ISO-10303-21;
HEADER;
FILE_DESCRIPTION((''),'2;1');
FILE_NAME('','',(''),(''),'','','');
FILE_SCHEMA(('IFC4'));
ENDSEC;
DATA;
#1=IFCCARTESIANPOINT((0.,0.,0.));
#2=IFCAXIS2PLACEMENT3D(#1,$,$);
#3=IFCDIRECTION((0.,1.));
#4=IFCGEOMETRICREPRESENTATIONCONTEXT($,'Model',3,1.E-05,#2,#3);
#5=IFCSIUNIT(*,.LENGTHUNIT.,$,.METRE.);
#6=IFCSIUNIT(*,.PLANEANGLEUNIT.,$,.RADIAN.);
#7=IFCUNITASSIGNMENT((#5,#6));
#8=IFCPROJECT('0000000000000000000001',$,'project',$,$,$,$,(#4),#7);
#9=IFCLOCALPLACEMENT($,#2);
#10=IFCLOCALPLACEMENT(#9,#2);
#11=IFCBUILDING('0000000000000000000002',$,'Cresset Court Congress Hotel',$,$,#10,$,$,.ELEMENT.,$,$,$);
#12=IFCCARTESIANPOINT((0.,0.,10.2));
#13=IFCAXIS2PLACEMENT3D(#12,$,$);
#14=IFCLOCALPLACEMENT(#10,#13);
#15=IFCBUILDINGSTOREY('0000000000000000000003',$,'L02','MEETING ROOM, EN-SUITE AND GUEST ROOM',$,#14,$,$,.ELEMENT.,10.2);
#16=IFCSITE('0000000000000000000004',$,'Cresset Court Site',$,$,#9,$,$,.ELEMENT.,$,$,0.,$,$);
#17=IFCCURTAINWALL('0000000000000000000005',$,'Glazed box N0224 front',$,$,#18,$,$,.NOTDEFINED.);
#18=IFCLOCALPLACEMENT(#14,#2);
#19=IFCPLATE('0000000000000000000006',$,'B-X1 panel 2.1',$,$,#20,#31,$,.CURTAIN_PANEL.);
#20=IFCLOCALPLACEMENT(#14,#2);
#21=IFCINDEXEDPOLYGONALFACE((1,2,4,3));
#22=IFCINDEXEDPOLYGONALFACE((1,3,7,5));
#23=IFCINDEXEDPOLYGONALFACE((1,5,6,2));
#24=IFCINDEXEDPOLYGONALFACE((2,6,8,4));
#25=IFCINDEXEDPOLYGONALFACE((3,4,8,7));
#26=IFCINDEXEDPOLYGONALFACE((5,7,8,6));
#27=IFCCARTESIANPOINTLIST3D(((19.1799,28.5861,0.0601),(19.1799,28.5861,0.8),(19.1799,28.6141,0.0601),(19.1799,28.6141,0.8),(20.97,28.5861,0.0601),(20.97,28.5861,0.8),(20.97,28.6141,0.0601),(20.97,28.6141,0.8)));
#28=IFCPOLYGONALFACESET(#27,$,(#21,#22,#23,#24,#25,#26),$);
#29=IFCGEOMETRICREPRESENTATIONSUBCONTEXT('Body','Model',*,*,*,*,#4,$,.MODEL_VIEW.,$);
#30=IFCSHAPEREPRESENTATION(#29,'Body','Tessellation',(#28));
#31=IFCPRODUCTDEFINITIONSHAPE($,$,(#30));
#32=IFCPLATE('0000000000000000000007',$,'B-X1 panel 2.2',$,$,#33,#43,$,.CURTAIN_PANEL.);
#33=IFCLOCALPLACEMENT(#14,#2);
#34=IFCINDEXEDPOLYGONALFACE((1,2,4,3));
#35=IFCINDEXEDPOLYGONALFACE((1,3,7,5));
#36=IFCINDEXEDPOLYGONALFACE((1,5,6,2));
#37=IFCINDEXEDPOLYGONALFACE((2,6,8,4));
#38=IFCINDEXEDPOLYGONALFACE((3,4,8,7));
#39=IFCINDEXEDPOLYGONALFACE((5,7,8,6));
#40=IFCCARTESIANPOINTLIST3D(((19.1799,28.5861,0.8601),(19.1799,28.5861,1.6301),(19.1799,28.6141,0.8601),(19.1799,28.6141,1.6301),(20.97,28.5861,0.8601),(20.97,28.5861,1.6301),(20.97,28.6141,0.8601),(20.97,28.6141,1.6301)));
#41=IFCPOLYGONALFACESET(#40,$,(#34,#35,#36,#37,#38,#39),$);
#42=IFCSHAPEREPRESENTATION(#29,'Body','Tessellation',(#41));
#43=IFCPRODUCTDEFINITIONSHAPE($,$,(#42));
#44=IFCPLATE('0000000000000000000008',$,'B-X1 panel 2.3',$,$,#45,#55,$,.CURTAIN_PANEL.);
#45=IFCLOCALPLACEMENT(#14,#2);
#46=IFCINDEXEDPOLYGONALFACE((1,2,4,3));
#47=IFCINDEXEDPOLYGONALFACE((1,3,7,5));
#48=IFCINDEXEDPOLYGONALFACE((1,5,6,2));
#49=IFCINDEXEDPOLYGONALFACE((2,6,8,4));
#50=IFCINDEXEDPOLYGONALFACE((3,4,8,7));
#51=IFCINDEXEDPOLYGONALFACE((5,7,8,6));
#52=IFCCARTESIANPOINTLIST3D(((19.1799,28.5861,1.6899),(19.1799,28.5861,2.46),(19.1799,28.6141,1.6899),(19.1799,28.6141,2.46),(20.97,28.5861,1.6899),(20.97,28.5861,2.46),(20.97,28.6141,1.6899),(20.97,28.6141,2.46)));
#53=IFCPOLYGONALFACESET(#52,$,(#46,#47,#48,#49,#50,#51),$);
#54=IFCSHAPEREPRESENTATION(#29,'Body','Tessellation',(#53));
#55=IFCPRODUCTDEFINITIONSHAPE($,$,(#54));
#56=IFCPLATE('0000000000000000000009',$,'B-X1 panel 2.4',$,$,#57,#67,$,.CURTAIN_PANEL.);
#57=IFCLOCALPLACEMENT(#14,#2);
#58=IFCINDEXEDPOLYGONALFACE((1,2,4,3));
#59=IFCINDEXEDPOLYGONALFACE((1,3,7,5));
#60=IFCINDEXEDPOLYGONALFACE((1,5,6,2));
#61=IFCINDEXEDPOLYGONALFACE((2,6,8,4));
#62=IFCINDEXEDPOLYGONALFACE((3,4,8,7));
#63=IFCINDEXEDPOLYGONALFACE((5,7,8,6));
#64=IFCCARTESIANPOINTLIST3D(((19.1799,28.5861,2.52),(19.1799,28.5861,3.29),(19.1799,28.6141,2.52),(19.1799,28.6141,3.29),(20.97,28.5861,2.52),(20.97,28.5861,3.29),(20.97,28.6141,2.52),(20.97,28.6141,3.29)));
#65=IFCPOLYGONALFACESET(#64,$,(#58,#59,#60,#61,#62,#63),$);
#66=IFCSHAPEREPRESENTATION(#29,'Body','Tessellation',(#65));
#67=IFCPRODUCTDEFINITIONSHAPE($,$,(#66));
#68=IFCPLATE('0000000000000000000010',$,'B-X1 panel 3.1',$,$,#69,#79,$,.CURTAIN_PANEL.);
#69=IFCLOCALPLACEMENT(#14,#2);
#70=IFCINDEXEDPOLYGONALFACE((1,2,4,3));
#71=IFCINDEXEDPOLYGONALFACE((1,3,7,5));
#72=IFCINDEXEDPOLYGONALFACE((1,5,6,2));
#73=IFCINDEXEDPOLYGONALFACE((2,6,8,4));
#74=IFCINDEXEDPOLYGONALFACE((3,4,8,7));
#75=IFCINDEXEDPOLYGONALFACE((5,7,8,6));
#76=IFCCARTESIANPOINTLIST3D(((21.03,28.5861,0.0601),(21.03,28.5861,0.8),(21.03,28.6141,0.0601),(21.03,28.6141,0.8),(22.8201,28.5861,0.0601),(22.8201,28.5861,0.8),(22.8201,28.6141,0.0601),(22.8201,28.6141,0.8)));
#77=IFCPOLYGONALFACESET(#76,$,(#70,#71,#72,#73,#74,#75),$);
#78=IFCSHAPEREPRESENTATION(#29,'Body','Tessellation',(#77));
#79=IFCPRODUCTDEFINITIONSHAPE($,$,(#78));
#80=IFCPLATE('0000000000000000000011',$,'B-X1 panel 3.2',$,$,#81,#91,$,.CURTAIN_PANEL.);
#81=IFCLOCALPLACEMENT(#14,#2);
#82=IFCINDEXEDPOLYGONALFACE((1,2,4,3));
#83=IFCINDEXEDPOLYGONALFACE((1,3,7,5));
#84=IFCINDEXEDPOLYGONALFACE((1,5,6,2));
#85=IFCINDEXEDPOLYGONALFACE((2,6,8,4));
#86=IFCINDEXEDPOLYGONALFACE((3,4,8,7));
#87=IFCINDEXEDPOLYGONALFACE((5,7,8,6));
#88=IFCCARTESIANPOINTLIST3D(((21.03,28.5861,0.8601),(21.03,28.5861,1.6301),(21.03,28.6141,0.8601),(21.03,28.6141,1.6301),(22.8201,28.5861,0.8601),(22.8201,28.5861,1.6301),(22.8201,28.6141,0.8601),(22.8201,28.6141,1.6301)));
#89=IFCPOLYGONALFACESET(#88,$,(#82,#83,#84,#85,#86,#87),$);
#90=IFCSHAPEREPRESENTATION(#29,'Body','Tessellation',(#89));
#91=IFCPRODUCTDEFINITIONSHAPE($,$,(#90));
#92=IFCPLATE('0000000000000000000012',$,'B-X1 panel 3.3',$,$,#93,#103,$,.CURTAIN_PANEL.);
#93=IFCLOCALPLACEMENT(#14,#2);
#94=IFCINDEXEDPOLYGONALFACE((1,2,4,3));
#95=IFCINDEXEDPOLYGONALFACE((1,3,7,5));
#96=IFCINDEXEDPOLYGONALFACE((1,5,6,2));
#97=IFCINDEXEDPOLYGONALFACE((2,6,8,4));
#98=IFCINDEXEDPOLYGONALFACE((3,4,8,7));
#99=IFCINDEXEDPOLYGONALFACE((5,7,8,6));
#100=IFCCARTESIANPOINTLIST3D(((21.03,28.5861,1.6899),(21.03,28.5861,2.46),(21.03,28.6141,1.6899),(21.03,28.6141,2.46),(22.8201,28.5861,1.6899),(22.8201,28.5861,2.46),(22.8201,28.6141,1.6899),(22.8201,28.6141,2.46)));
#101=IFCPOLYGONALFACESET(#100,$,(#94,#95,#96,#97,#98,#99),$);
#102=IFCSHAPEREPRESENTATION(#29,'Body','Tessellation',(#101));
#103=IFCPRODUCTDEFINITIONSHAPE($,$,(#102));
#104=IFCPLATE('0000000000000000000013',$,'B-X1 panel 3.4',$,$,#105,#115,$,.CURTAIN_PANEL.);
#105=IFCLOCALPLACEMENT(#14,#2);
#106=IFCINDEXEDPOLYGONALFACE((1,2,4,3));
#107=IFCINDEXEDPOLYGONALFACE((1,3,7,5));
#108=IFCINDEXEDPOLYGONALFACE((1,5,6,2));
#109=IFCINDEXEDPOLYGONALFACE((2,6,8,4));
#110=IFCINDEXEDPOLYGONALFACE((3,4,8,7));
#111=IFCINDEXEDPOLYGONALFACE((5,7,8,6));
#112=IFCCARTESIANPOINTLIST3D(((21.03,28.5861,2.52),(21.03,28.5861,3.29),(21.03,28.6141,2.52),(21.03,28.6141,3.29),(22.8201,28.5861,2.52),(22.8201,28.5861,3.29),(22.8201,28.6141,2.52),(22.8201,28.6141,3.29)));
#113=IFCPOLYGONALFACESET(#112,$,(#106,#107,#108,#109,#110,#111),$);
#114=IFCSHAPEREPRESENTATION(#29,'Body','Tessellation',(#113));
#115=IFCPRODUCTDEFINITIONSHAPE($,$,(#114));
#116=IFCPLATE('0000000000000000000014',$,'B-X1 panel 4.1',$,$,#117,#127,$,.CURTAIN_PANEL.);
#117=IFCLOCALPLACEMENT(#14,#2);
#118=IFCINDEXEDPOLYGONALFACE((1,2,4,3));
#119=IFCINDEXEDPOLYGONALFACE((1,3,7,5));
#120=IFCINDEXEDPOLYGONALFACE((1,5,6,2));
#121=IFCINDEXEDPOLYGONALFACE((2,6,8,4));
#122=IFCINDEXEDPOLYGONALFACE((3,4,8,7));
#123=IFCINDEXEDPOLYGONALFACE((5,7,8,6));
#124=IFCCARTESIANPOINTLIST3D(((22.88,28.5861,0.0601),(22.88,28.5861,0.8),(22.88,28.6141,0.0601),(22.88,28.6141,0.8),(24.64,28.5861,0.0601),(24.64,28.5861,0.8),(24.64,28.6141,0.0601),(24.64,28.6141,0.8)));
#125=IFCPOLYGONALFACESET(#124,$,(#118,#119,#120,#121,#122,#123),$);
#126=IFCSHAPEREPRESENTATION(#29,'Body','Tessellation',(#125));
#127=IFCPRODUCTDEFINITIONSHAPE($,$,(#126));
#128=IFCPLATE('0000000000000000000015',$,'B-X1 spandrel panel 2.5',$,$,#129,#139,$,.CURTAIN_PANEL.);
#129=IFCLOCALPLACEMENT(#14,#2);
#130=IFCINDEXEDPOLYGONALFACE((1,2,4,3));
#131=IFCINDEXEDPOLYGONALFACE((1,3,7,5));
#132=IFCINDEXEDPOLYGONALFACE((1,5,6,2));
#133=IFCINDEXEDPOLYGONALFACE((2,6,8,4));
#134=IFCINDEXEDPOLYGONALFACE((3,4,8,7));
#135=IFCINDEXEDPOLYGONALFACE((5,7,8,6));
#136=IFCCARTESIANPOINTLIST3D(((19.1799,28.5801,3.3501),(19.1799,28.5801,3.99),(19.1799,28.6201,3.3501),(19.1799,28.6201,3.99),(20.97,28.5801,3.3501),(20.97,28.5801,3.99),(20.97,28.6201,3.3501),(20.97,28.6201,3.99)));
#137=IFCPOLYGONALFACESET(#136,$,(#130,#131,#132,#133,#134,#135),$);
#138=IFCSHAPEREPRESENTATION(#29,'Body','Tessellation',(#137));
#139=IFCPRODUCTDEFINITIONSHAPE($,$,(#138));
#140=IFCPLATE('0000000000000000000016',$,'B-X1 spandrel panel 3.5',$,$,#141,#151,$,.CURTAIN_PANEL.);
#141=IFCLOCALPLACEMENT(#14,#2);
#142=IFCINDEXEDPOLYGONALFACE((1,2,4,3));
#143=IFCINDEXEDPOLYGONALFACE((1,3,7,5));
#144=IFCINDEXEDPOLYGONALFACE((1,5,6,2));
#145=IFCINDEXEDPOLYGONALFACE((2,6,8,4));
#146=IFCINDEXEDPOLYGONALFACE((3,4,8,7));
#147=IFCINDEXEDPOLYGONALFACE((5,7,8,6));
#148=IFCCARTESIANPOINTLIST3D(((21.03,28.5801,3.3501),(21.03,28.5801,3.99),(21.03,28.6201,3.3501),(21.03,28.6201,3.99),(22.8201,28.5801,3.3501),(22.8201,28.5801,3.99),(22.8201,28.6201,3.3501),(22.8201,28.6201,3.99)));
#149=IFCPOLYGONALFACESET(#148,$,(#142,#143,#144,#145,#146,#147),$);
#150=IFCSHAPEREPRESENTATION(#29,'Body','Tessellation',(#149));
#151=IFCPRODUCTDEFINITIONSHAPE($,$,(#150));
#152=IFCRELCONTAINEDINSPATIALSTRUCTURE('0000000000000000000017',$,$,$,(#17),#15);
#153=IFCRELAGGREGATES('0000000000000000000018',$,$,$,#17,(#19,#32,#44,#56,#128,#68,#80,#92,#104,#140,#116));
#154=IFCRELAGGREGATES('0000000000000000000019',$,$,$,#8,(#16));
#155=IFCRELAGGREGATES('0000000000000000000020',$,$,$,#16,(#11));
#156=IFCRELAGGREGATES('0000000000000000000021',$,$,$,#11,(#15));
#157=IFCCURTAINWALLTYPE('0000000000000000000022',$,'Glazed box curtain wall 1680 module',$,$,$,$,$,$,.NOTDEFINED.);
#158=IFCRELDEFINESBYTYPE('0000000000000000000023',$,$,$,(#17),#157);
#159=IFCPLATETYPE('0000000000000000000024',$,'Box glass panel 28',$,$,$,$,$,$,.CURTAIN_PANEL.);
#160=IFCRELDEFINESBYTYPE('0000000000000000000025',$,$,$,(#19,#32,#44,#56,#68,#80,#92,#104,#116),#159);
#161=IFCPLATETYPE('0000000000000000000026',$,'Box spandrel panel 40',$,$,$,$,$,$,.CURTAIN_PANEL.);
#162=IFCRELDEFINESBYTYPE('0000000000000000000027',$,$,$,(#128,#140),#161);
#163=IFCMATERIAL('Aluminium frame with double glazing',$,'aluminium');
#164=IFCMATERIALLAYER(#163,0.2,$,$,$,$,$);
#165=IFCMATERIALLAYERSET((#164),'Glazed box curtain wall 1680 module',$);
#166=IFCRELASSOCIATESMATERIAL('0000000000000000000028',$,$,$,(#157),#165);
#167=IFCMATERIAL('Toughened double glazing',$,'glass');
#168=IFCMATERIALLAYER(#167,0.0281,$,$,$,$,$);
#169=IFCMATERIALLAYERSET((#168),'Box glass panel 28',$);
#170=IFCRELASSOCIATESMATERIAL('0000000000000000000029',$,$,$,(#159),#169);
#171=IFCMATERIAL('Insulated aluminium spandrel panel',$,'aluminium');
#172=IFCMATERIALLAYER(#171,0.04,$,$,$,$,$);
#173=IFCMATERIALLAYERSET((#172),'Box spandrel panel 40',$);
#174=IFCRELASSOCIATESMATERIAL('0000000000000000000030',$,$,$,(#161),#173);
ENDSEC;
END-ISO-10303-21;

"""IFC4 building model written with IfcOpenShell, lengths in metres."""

from ifc_helpers import new_model, si_unit, direction, frame, origin, origin_2d, place, context, subcontext, project, spatial, rectangle, extrude, material, layer, layer_set, type_object, element, aggregate, save


model = new_model("IFC4")

# Units and contexts
model_context = context("Model", 3, precision=1e-05, world=origin(), true_north=direction((0.0, 1.0)))
body_context = subcontext(model_context, "Body", "Model", "MODEL_VIEW")
ifc_project = project(units=[si_unit("LENGTHUNIT", "METRE"), si_unit("PLANEANGLEUNIT", "RADIAN")], contexts=[model_context])

# Site, building, storey
site_placement = place(None, origin())
site = spatial("IfcSite", under=ifc_project, at=site_placement, Name="Cresset Court Site", CompositionType="ELEMENT", RefElevation=0.0)
building_placement = place(site_placement, origin())
building = spatial("IfcBuilding", under=site, at=building_placement, Name="Cresset Court Congress Hotel", CompositionType="ELEMENT")
storey_placement = place(building_placement, frame((0.0, 0.0, 10.2)))
storey = spatial("IfcBuildingStorey", under=building, at=storey_placement, Name="L02", Description="MEETING ROOM, EN-SUITE AND GUEST ROOM", CompositionType="ELEMENT", Elevation=10.2)

# Curtain wall, plates
ifc_material_1 = material(Name="Aluminium frame with double glazing", Category="aluminium")
ifc_layer_1 = layer(ifc_material_1, 0.2)
ifc_layer_set_1 = layer_set([ifc_layer_1], Name="Glazed box curtain wall 1680 module")
curtain_wall_type = type_object("IfcCurtainWallType", Name="Glazed box curtain wall 1680 module", PredefinedType="NOTDEFINED", material=ifc_layer_set_1)
curtain_wall_placement = place(storey_placement, origin())
curtain_wall = element("IfcCurtainWall", 1, at=curtain_wall_placement, inside=storey, type_object=curtain_wall_type, Name="Glazed box N0224 front", PredefinedType="NOTDEFINED")
ifc_material_2 = material(Name="Toughened double glazing", Category="glass")
ifc_layer_2 = layer(ifc_material_2, 0.0281)
ifc_layer_set_2 = layer_set([ifc_layer_2], Name="Box glass panel 28")
plate_type_1 = type_object("IfcPlateType", Name="Box glass panel 28", PredefinedType="CURTAIN_PANEL", material=ifc_layer_set_2)
plate_1_placement = place(storey_placement, frame((20.075, 28.6001, 0.0601), z_axis=(0.0, 0.0, 1.0), x_axis=(1.0, 0.0, 0.0)))
plate_1 = element("IfcPlate", 2, at=plate_1_placement, type_object=plate_type_1, Name="B-X1 panel 2.1", PredefinedType="CURTAIN_PANEL", context=body_context, shape_type="SweptSolid", body=[
    extrude(rectangle(XDim=1.79, YDim=0.0281, at=origin_2d()), origin(), (0.0, 0.0, 1.0), 0.74),
])
plate_2_placement = place(storey_placement, frame((20.075, 28.6001, 0.8601), z_axis=(0.0, 0.0, 1.0), x_axis=(1.0, 0.0, 0.0)))
plate_2 = element("IfcPlate", 3, at=plate_2_placement, type_object=plate_type_1, Name="B-X1 panel 2.2", PredefinedType="CURTAIN_PANEL", context=body_context, shape_type="SweptSolid", body=[
    extrude(rectangle(XDim=1.79, YDim=0.0281, at=origin_2d()), origin(), (0.0, 0.0, 1.0), 0.77),
])
plate_3_placement = place(storey_placement, frame((20.075, 28.6001, 1.6899), z_axis=(0.0, 0.0, 1.0), x_axis=(1.0, 0.0, 0.0)))
plate_3 = element("IfcPlate", 4, at=plate_3_placement, type_object=plate_type_1, Name="B-X1 panel 2.3", PredefinedType="CURTAIN_PANEL", context=body_context, shape_type="SweptSolid", body=[
    extrude(rectangle(XDim=1.79, YDim=0.0281, at=origin_2d()), origin(), (0.0, 0.0, 1.0), 0.77),
])
plate_4_placement = place(storey_placement, frame((20.075, 28.6001, 2.52), z_axis=(0.0, 0.0, 1.0), x_axis=(1.0, 0.0, 0.0)))
plate_4 = element("IfcPlate", 5, at=plate_4_placement, type_object=plate_type_1, Name="B-X1 panel 2.4", PredefinedType="CURTAIN_PANEL", context=body_context, shape_type="SweptSolid", body=[
    extrude(rectangle(XDim=1.79, YDim=0.0281, at=origin_2d()), origin(), (0.0, 0.0, 1.0), 0.77),
])
plate_5_placement = place(storey_placement, frame((21.925, 28.6001, 0.0601), z_axis=(0.0, 0.0, 1.0), x_axis=(1.0, 0.0, 0.0)))
plate_5 = element("IfcPlate", 6, at=plate_5_placement, type_object=plate_type_1, Name="B-X1 panel 3.1", PredefinedType="CURTAIN_PANEL", context=body_context, shape_type="SweptSolid", body=[
    extrude(rectangle(XDim=1.79, YDim=0.0281, at=origin_2d()), origin(), (0.0, 0.0, 1.0), 0.74),
])
plate_6_placement = place(storey_placement, frame((21.925, 28.6001, 0.8601), z_axis=(0.0, 0.0, 1.0), x_axis=(1.0, 0.0, 0.0)))
plate_6 = element("IfcPlate", 7, at=plate_6_placement, type_object=plate_type_1, Name="B-X1 panel 3.2", PredefinedType="CURTAIN_PANEL", context=body_context, shape_type="SweptSolid", body=[
    extrude(rectangle(XDim=1.79, YDim=0.0281, at=origin_2d()), origin(), (0.0, 0.0, 1.0), 0.77),
])
plate_7_placement = place(storey_placement, frame((21.925, 28.6001, 1.6899), z_axis=(0.0, 0.0, 1.0), x_axis=(1.0, 0.0, 0.0)))
plate_7 = element("IfcPlate", 8, at=plate_7_placement, type_object=plate_type_1, Name="B-X1 panel 3.3", PredefinedType="CURTAIN_PANEL", context=body_context, shape_type="SweptSolid", body=[
    extrude(rectangle(XDim=1.79, YDim=0.0281, at=origin_2d()), origin(), (0.0, 0.0, 1.0), 0.77),
])
plate_8_placement = place(storey_placement, frame((21.925, 28.6001, 2.52), z_axis=(0.0, 0.0, 1.0), x_axis=(1.0, 0.0, 0.0)))
plate_8 = element("IfcPlate", 9, at=plate_8_placement, type_object=plate_type_1, Name="B-X1 panel 3.4", PredefinedType="CURTAIN_PANEL", context=body_context, shape_type="SweptSolid", body=[
    extrude(rectangle(XDim=1.79, YDim=0.0281, at=origin_2d()), origin(), (0.0, 0.0, 1.0), 0.77),
])
plate_9_placement = place(storey_placement, frame((23.76, 28.6001, 0.0601), z_axis=(0.0, 0.0, 1.0), x_axis=(1.0, 0.0, 0.0)))
plate_9 = element("IfcPlate", 10, at=plate_9_placement, type_object=plate_type_1, Name="B-X1 panel 4.1", PredefinedType="CURTAIN_PANEL", context=body_context, shape_type="SweptSolid", body=[
    extrude(rectangle(XDim=1.76, YDim=0.0281, at=origin_2d()), origin(), (0.0, 0.0, 1.0), 0.74),
])
ifc_material_3 = material(Name="Insulated aluminium spandrel panel", Category="aluminium")
ifc_layer_3 = layer(ifc_material_3, 0.04)
ifc_layer_set_3 = layer_set([ifc_layer_3], Name="Box spandrel panel 40")
plate_type_2 = type_object("IfcPlateType", Name="Box spandrel panel 40", PredefinedType="CURTAIN_PANEL", material=ifc_layer_set_3)
plate_10_placement = place(storey_placement, frame((20.075, 28.6001, 3.3501), z_axis=(0.0, 0.0, 1.0), x_axis=(1.0, 0.0, 0.0)))
plate_10 = element("IfcPlate", 11, at=plate_10_placement, type_object=plate_type_2, Name="B-X1 spandrel panel 2.5", PredefinedType="CURTAIN_PANEL", context=body_context, shape_type="SweptSolid", body=[
    extrude(rectangle(XDim=1.79, YDim=0.04, at=origin_2d()), origin(), (0.0, 0.0, 1.0), 0.6399),
])
plate_11_placement = place(storey_placement, frame((21.925, 28.6001, 3.3501), z_axis=(0.0, 0.0, 1.0), x_axis=(1.0, 0.0, 0.0)))
plate_11 = element("IfcPlate", 12, at=plate_11_placement, type_object=plate_type_2, Name="B-X1 spandrel panel 3.5", PredefinedType="CURTAIN_PANEL", context=body_context, shape_type="SweptSolid", body=[
    extrude(rectangle(XDim=1.79, YDim=0.04, at=origin_2d()), origin(), (0.0, 0.0, 1.0), 0.6399),
])
aggregate(curtain_wall, [plate_1, plate_2, plate_3, plate_4, plate_10, plate_5, plate_6, plate_7, plate_8, plate_11, plate_9])

save(model, "model.ifc")
